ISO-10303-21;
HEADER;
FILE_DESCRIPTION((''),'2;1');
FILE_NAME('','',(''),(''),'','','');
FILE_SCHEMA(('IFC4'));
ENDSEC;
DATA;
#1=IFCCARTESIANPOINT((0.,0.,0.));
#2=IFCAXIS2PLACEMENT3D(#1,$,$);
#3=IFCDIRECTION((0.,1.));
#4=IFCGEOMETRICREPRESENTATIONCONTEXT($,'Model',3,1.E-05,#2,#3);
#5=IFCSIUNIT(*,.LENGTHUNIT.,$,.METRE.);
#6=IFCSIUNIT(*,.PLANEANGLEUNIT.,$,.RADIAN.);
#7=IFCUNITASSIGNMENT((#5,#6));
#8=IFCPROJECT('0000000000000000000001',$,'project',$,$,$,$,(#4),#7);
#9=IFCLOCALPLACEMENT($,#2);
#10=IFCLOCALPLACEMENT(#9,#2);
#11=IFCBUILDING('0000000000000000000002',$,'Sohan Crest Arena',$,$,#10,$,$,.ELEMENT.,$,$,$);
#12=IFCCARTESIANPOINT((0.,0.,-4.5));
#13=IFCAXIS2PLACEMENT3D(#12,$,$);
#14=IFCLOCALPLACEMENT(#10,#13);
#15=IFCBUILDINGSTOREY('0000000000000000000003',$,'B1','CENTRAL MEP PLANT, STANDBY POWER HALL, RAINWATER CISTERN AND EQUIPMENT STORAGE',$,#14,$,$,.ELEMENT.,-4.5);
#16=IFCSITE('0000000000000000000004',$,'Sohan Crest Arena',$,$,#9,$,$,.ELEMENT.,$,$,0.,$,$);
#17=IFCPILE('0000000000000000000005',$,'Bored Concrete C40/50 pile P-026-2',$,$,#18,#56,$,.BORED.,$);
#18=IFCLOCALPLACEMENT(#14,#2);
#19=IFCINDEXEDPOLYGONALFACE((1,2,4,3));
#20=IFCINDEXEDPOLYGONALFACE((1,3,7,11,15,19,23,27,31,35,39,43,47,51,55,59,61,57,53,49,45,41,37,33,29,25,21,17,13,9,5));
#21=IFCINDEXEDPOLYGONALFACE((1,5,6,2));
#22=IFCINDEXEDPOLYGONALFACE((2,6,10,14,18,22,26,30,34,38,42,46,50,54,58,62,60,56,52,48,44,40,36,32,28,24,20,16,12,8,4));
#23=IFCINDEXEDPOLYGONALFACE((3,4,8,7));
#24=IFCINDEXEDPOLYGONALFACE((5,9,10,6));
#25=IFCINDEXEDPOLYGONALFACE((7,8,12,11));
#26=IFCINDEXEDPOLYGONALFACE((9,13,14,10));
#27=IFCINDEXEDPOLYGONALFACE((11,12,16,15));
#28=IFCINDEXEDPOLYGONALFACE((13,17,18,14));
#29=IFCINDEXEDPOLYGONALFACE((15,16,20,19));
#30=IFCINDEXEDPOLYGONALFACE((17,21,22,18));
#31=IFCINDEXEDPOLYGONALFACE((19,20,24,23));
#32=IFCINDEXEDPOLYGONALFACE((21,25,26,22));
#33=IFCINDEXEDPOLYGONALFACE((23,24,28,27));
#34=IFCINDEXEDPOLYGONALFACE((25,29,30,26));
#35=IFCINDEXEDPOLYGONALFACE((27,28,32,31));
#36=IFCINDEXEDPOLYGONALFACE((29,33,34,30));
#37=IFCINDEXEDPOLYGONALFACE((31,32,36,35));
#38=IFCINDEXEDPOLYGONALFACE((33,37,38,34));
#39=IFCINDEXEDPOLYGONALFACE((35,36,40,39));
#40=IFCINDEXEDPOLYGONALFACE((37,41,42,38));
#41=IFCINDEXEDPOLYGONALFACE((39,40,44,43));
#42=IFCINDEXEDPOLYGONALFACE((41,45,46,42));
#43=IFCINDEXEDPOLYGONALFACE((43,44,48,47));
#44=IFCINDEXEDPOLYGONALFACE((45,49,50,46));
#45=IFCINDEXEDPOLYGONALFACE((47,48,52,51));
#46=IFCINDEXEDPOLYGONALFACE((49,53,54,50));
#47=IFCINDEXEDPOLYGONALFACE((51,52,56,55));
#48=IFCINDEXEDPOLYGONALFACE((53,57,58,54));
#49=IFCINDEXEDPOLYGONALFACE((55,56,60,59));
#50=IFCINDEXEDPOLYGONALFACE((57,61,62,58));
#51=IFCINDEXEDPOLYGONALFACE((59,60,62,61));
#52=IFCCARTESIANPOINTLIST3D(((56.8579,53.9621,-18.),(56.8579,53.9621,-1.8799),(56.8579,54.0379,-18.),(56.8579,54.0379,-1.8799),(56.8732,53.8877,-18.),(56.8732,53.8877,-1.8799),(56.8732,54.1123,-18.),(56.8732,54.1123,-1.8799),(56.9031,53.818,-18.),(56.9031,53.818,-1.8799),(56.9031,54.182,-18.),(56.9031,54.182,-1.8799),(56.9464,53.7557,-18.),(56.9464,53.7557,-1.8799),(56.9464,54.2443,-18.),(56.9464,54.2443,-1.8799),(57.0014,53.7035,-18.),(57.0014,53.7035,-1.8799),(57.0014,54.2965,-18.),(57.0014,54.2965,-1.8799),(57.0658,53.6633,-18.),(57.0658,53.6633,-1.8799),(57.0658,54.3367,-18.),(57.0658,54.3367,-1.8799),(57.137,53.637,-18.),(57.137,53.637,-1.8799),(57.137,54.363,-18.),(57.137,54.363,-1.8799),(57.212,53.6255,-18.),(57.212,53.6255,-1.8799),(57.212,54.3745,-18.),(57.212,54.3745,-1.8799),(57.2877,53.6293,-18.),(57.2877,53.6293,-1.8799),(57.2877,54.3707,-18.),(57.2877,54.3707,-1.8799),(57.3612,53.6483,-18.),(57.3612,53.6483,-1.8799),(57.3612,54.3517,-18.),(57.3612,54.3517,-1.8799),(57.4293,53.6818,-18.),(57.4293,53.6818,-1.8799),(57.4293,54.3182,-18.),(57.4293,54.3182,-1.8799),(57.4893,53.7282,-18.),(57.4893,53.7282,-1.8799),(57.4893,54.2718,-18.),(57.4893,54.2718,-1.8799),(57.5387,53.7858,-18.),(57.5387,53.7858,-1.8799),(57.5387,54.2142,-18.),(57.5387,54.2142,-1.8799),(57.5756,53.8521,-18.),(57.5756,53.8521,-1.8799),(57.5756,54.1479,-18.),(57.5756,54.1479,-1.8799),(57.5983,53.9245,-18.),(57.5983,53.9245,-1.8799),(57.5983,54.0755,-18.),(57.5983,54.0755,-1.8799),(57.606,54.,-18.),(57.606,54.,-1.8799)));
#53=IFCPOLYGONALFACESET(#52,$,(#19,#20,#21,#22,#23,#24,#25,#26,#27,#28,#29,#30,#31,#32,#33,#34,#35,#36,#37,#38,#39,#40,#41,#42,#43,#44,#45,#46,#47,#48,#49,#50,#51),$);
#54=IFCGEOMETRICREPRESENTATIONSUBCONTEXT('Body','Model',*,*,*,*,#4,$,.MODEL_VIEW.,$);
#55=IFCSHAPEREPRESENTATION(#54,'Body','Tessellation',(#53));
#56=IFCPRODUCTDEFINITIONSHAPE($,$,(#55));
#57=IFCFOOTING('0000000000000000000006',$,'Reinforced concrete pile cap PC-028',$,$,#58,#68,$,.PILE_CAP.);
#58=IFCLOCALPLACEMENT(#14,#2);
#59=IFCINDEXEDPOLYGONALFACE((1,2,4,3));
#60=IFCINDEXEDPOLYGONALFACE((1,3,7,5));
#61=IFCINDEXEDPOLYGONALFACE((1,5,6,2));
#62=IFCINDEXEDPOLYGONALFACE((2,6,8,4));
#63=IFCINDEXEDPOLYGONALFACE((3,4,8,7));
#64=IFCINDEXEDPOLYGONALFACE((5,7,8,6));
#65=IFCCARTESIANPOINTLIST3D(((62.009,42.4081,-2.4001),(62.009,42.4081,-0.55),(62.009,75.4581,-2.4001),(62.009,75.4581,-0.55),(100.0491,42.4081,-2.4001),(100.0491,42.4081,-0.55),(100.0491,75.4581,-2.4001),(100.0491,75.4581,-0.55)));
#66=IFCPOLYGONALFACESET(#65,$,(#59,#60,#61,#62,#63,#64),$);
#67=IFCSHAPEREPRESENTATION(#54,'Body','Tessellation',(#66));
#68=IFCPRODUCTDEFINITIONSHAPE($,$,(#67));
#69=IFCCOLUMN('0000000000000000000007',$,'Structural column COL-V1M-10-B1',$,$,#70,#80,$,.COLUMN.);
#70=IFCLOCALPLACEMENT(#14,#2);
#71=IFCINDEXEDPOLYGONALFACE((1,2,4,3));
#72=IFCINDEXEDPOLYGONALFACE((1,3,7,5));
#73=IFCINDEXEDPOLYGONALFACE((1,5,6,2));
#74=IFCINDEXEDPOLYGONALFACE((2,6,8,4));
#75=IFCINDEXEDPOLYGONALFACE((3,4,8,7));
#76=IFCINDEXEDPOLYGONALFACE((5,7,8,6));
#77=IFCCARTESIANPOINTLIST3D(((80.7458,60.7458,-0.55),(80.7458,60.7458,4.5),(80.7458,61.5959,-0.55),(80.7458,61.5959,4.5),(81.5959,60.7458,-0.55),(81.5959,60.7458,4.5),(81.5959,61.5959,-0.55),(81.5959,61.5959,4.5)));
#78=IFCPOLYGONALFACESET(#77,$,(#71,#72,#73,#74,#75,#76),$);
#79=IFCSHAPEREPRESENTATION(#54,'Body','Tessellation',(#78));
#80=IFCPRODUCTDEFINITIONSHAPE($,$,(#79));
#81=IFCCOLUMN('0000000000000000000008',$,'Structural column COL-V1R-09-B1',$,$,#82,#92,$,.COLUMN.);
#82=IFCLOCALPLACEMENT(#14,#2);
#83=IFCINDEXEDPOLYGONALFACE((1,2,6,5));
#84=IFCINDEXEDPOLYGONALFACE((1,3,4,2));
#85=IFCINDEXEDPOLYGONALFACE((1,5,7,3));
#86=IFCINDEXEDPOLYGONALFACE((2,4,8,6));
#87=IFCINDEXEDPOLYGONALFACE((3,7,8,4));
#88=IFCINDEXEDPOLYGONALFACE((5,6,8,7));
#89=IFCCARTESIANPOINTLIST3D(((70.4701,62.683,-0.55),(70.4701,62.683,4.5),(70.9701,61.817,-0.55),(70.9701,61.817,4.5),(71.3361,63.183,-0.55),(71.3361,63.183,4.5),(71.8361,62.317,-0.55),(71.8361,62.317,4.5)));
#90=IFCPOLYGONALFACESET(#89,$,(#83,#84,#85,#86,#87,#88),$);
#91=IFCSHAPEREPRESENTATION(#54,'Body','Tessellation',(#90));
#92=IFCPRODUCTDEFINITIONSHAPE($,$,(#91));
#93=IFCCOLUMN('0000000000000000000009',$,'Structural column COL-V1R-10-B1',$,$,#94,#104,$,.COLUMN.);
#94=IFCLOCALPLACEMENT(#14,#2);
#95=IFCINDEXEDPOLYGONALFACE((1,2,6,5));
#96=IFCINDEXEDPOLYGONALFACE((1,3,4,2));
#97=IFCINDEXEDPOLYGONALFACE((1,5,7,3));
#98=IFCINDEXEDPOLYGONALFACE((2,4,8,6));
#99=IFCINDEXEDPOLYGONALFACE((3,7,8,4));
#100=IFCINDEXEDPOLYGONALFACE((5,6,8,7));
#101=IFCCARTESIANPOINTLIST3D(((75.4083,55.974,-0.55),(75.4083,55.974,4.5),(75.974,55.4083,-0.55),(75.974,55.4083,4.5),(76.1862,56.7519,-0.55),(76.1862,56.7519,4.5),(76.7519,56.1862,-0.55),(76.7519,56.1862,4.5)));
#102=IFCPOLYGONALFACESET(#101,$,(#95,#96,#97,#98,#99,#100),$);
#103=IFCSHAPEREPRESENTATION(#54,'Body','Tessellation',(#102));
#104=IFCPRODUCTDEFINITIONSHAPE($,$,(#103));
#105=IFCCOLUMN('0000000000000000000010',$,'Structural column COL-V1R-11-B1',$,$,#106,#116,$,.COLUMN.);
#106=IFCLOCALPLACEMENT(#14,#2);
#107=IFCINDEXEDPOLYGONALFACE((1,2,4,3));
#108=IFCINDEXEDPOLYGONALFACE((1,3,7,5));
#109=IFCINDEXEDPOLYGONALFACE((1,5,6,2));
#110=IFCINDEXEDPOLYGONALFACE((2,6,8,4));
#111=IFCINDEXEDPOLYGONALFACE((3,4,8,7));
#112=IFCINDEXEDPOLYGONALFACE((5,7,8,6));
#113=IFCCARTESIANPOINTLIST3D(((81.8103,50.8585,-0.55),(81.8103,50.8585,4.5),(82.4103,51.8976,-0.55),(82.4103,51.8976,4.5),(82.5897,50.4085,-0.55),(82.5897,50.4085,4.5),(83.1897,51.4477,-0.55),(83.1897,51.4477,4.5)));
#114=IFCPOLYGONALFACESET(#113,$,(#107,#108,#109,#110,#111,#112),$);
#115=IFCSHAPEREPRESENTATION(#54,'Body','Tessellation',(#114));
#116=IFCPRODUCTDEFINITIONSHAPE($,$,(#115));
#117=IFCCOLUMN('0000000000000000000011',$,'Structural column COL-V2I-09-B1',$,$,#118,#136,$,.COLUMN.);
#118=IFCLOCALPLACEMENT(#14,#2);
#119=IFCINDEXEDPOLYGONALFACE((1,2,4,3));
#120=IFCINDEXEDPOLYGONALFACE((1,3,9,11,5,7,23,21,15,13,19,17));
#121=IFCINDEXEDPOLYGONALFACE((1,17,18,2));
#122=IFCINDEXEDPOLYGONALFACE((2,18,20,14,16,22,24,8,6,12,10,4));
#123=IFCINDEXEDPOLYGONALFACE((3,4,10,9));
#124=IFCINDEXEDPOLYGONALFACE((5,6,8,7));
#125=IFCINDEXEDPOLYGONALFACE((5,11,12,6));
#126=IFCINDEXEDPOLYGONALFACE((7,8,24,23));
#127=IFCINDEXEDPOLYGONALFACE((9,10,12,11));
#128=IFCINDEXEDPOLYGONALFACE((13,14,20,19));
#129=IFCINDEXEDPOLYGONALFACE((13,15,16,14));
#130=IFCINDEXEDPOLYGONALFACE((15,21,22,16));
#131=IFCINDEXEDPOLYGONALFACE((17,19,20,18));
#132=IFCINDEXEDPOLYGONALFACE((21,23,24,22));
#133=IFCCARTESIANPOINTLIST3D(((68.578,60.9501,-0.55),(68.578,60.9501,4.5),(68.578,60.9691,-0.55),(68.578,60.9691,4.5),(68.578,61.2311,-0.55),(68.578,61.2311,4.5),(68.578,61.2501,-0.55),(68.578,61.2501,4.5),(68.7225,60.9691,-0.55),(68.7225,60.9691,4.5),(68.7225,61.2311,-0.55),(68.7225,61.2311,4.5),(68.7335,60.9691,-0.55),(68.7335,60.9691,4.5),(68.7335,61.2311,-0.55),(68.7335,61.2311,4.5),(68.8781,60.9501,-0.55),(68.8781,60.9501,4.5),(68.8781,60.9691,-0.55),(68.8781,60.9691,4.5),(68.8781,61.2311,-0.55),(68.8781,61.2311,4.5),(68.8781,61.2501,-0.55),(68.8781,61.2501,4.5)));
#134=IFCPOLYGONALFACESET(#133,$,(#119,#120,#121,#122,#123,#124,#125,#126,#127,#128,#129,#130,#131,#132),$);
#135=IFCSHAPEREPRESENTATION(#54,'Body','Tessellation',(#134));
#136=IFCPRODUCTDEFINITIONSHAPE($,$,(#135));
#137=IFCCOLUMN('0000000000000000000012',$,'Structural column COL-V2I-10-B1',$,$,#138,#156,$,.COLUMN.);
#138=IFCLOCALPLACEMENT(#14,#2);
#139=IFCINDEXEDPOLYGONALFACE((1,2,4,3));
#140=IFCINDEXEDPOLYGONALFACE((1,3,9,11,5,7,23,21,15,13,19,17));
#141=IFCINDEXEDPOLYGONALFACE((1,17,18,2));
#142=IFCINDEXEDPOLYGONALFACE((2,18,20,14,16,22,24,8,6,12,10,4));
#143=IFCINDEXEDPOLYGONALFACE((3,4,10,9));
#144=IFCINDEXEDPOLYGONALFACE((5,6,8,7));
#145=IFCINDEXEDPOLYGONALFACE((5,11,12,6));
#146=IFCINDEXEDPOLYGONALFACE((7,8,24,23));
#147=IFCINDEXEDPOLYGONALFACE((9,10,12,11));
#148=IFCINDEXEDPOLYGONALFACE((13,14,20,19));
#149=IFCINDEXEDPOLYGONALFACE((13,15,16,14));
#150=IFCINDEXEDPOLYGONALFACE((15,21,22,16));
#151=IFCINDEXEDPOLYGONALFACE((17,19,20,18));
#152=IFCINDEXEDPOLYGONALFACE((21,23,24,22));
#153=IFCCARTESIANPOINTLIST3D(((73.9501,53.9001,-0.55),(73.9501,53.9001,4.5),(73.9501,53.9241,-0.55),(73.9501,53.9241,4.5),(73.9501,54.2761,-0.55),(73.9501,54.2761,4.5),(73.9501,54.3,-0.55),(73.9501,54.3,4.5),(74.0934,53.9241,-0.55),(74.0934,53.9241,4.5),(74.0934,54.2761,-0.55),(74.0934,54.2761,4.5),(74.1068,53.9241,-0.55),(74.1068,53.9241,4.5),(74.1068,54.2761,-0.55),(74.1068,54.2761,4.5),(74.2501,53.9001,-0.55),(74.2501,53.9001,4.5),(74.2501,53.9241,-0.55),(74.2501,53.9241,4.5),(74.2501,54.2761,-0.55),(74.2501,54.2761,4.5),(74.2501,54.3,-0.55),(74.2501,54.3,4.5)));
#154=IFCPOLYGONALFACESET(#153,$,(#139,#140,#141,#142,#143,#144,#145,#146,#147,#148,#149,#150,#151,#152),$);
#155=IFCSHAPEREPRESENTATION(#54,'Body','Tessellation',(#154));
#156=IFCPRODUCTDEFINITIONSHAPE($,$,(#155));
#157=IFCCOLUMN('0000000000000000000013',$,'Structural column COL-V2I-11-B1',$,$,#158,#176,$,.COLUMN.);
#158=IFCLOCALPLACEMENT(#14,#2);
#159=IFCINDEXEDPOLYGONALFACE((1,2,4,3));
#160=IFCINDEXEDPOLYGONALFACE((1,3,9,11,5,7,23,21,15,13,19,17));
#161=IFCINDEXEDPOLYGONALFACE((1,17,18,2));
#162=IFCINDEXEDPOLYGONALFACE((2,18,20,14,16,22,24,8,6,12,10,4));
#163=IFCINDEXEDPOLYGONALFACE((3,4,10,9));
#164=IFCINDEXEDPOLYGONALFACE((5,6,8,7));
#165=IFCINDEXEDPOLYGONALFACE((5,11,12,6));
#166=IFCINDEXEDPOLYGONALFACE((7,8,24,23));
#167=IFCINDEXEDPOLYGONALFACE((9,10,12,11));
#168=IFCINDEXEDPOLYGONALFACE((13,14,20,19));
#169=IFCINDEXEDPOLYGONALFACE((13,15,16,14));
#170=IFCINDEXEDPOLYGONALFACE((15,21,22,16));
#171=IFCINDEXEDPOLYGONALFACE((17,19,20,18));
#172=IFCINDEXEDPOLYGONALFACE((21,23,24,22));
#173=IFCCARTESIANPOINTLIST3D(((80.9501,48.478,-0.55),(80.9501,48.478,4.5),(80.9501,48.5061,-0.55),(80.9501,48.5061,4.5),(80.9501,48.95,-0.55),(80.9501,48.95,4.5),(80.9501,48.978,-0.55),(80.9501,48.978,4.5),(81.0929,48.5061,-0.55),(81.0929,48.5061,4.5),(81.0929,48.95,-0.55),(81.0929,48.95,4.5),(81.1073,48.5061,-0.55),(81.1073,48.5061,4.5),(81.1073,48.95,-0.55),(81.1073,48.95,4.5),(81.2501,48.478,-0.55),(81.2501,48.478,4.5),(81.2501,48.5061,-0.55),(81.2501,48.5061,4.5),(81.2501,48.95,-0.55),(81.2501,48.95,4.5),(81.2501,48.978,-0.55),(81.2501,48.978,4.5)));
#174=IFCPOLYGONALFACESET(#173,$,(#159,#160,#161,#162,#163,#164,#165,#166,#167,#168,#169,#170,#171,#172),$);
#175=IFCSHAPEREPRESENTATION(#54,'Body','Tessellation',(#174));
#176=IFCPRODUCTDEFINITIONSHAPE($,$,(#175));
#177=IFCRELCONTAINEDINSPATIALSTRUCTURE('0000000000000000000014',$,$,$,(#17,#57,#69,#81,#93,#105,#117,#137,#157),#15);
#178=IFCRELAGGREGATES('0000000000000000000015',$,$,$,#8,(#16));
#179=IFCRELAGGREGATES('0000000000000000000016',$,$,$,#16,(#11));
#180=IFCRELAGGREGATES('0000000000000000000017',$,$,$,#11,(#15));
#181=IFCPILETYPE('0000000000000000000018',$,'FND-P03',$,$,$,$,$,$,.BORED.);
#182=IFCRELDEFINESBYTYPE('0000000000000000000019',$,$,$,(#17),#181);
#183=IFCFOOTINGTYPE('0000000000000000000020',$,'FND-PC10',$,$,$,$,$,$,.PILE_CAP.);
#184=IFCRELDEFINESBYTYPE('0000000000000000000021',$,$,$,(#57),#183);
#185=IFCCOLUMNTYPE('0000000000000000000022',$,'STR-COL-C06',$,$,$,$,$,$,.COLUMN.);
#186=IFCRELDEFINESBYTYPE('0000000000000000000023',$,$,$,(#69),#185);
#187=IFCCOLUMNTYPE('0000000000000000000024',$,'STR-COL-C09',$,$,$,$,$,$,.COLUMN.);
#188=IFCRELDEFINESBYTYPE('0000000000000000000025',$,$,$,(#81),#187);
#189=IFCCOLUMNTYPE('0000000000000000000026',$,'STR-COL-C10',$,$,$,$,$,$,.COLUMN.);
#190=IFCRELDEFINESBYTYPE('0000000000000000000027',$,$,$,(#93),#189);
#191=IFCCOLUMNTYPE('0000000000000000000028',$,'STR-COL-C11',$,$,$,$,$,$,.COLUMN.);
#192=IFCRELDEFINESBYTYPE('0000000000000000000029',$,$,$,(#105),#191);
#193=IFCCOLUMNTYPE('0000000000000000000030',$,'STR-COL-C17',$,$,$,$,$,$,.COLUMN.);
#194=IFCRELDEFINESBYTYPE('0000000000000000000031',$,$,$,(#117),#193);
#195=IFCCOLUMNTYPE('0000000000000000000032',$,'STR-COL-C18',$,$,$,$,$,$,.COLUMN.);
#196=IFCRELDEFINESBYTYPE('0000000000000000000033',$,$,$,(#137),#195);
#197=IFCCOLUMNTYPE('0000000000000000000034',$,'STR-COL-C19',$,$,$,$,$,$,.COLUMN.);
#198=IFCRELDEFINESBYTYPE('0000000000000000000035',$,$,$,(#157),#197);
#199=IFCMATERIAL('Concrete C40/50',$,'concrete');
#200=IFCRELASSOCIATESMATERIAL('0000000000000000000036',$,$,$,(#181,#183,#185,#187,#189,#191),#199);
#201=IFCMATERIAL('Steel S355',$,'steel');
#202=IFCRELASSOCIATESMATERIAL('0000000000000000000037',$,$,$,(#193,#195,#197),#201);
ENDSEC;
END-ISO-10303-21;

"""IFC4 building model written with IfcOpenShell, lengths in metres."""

from ifc_helpers import new_model, si_unit, direction, frame, origin, origin_2d, place, context, subcontext, project, spatial, rectangle, circle, i_section, extrude, material, material_profile, profile_set, type_object, element, save


model = new_model("IFC4")

# Units and contexts
model_context = context("Model", 3, precision=1e-05, world=origin(), true_north=direction((0.0, 1.0)))
body_context = subcontext(model_context, "Body", "Model", "MODEL_VIEW")
ifc_project = project(units=[si_unit("LENGTHUNIT", "METRE"), si_unit("PLANEANGLEUNIT", "RADIAN")], contexts=[model_context])

# Site, building, storey
site_placement = place(None, origin())
site = spatial("IfcSite", under=ifc_project, at=site_placement, Name="Sohan Crest Arena", CompositionType="ELEMENT", RefElevation=0.0)
building_placement = place(site_placement, origin())
building = spatial("IfcBuilding", under=site, at=building_placement, Name="Sohan Crest Arena", CompositionType="ELEMENT")
storey_placement = place(building_placement, frame((0.0, 0.0, -4.5)))
storey = spatial("IfcBuildingStorey", under=building, at=storey_placement, Name="B1", Description="CENTRAL MEP PLANT, STANDBY POWER HALL, RAINWATER CISTERN AND EQUIPMENT STORAGE", CompositionType="ELEMENT", Elevation=-4.5)

# Pile
ifc_material_1 = material(Name="Concrete C40/50", Category="concrete")
ifc_material_profile_1 = material_profile(ifc_material_1, circle(Radius=0.375, at=origin_2d()), Name="PILE D750")
ifc_profile_set_1 = profile_set([ifc_material_profile_1], Name="Concrete C40/50")
pile_type_1 = type_object("IfcPileType", Name="FND-P03", PredefinedType="BORED", material=ifc_profile_set_1)
pile_placement = place(storey_placement, frame((57.231, 54.0, -18.0), z_axis=(0.0, 0.0, 1.0), x_axis=(1.0, 0.0, 0.0)))
element("IfcPile", 1, at=pile_placement, inside=storey, type_object=pile_type_1, Name="Bored Concrete C40/50 pile P-026-2", PredefinedType="BORED", context=body_context, shape_type="SweptSolid", body=[
    extrude(circle(Radius=0.375, at=origin_2d()), origin(), (0.0, 0.0, 1.0), 16.1201),
])

# Footing
footing_type = type_object("IfcFootingType", Name="FND-PC10", PredefinedType="PILE_CAP", material=ifc_material_1)
footing_placement = place(storey_placement, frame((81.0291, 58.9331, -2.4001), z_axis=(0.0, 0.0, 1.0), x_axis=(1.0, 0.0, 0.0)))
element("IfcFooting", 2, at=footing_placement, inside=storey, type_object=footing_type, Name="Reinforced concrete pile cap PC-028", PredefinedType="PILE_CAP", context=body_context, shape_type="SweptSolid", body=[
    extrude(rectangle(XDim=38.04, YDim=33.05, at=origin_2d()), origin(), (0.0, 0.0, 1.0), 1.8501),
])

# Columns
ifc_material_profile_2 = material_profile(ifc_material_1, rectangle(XDim=0.8501, YDim=0.8501, at=origin_2d()), Name="RC 850x850")
ifc_profile_set_2 = profile_set([ifc_material_profile_2], Name="Concrete C40/50")
column_type_1 = type_object("IfcColumnType", Name="STR-COL-C06", PredefinedType="COLUMN", material=ifc_profile_set_2)
column_1_placement = place(storey_placement, frame((81.1709, 61.1709, -0.55), z_axis=(0.0, 0.0, 1.0), x_axis=(1.0, 0.0, 0.0)))
element("IfcColumn", 3, at=column_1_placement, inside=storey, type_object=column_type_1, Name="Structural column COL-V1M-10-B1", PredefinedType="COLUMN", context=body_context, shape_type="SweptSolid", body=[
    extrude(rectangle(XDim=0.8501, YDim=0.8501, at=origin_2d()), origin(), (0.0, 0.0, 1.0), 5.05),
])
ifc_material_profile_3 = material_profile(ifc_material_1, rectangle(XDim=1.0, YDim=1.0, at=origin_2d()), Name="RC 1000x1000")
ifc_profile_set_3 = profile_set([ifc_material_profile_3], Name="Concrete C40/50")
column_type_2 = type_object("IfcColumnType", Name="STR-COL-C09", PredefinedType="COLUMN", material=ifc_profile_set_3)
column_2_placement = place(storey_placement, frame((71.1531, 62.5, -0.55), z_axis=(0.0, 0.0, 1.0), x_axis=(0.866025, 0.5, 0.0)))
element("IfcColumn", 4, at=column_2_placement, inside=storey, type_object=column_type_2, Name="Structural column COL-V1R-09-B1", PredefinedType="COLUMN", context=body_context, shape_type="SweptSolid", body=[
    extrude(rectangle(XDim=1.0, YDim=1.0, at=origin_2d()), origin(), (0.0, 0.0, 1.0), 5.05),
])
ifc_material_profile_4 = material_profile(ifc_material_1, rectangle(XDim=1.1001, YDim=0.8, at=origin_2d()), Name="RC 1100x800")
ifc_profile_set_4 = profile_set([ifc_material_profile_4], Name="Concrete C40/50")
column_type_3 = type_object("IfcColumnType", Name="STR-COL-C10", PredefinedType="COLUMN", material=ifc_profile_set_4)
column_3_placement = place(storey_placement, frame((76.0801, 56.0801, -0.55), z_axis=(0.0, 0.0, 1.0), x_axis=(0.707107, 0.707107, 0.0)))
element("IfcColumn", 5, at=column_3_placement, inside=storey, type_object=column_type_3, Name="Structural column COL-V1R-10-B1", PredefinedType="COLUMN", context=body_context, shape_type="SweptSolid", body=[
    extrude(rectangle(XDim=1.1001, YDim=0.8, at=origin_2d()), origin(), (0.0, 0.0, 1.0), 5.05),
])
ifc_material_profile_5 = material_profile(ifc_material_1, rectangle(XDim=1.2, YDim=0.8999, at=origin_2d()), Name="RC 1200x900")
ifc_profile_set_5 = profile_set([ifc_material_profile_5], Name="Concrete C40/50")
column_type_4 = type_object("IfcColumnType", Name="STR-COL-C11", PredefinedType="COLUMN", material=ifc_profile_set_5)
column_4_placement = place(storey_placement, frame((82.5, 51.1531, -0.55), z_axis=(0.0, 0.0, 1.0), x_axis=(0.5, 0.866025, 0.0)))
element("IfcColumn", 6, at=column_4_placement, inside=storey, type_object=column_type_4, Name="Structural column COL-V1R-11-B1", PredefinedType="COLUMN", context=body_context, shape_type="SweptSolid", body=[
    extrude(rectangle(XDim=1.2, YDim=0.8999, at=origin_2d()), origin(), (0.0, 0.0, 1.0), 5.05),
])
ifc_material_2 = material(Name="Steel S355", Category="steel")
ifc_material_profile_6 = material_profile(ifc_material_2, i_section(OverallWidth=0.3, OverallDepth=0.3, WebThickness=0.011, FlangeThickness=0.019, at=origin_2d()), Name="HEB 300")
ifc_profile_set_6 = profile_set([ifc_material_profile_6], Name="Steel S355")
column_type_5 = type_object("IfcColumnType", Name="STR-COL-C17", PredefinedType="COLUMN", material=ifc_profile_set_6)
column_5_placement = place(storey_placement, frame((68.728, 61.1001, -0.55), z_axis=(0.0, 0.0, 1.0), x_axis=(1.0, 0.0, 0.0)))
element("IfcColumn", 7, at=column_5_placement, inside=storey, type_object=column_type_5, Name="Structural column COL-V2I-09-B1", PredefinedType="COLUMN", context=body_context, shape_type="SweptSolid", body=[
    extrude(i_section(OverallWidth=0.3, OverallDepth=0.3, WebThickness=0.011, FlangeThickness=0.019, at=origin_2d()), origin(), (0.0, 0.0, 1.0), 5.05),
])
ifc_material_profile_7 = material_profile(ifc_material_2, i_section(OverallWidth=0.3, OverallDepth=0.3999, WebThickness=0.0134, FlangeThickness=0.0239, at=origin_2d()), Name="HEB 400")
ifc_profile_set_7 = profile_set([ifc_material_profile_7], Name="Steel S355")
column_type_6 = type_object("IfcColumnType", Name="STR-COL-C18", PredefinedType="COLUMN", material=ifc_profile_set_7)
column_6_placement = place(storey_placement, frame((74.1001, 54.1001, -0.55), z_axis=(0.0, 0.0, 1.0), x_axis=(1.0, 0.0, 0.0)))
element("IfcColumn", 8, at=column_6_placement, inside=storey, type_object=column_type_6, Name="Structural column COL-V2I-10-B1", PredefinedType="COLUMN", context=body_context, shape_type="SweptSolid", body=[
    extrude(i_section(OverallWidth=0.3, OverallDepth=0.3999, WebThickness=0.0134, FlangeThickness=0.0239, at=origin_2d()), origin(), (0.0, 0.0, 1.0), 5.05),
])
ifc_material_profile_8 = material_profile(ifc_material_2, i_section(OverallWidth=0.3, OverallDepth=0.5, WebThickness=0.0144, FlangeThickness=0.0281, at=origin_2d()), Name="HEB 500")
ifc_profile_set_8 = profile_set([ifc_material_profile_8], Name="Steel S355")
column_type_7 = type_object("IfcColumnType", Name="STR-COL-C19", PredefinedType="COLUMN", material=ifc_profile_set_8)
column_7_placement = place(storey_placement, frame((81.1001, 48.728, -0.55), z_axis=(0.0, 0.0, 1.0), x_axis=(1.0, 0.0, 0.0)))
element("IfcColumn", 9, at=column_7_placement, inside=storey, type_object=column_type_7, Name="Structural column COL-V2I-11-B1", PredefinedType="COLUMN", context=body_context, shape_type="SweptSolid", body=[
    extrude(i_section(OverallWidth=0.3, OverallDepth=0.5, WebThickness=0.0144, FlangeThickness=0.0281, at=origin_2d()), origin(), (0.0, 0.0, 1.0), 5.05),
])

save(model, "model.ifc")
